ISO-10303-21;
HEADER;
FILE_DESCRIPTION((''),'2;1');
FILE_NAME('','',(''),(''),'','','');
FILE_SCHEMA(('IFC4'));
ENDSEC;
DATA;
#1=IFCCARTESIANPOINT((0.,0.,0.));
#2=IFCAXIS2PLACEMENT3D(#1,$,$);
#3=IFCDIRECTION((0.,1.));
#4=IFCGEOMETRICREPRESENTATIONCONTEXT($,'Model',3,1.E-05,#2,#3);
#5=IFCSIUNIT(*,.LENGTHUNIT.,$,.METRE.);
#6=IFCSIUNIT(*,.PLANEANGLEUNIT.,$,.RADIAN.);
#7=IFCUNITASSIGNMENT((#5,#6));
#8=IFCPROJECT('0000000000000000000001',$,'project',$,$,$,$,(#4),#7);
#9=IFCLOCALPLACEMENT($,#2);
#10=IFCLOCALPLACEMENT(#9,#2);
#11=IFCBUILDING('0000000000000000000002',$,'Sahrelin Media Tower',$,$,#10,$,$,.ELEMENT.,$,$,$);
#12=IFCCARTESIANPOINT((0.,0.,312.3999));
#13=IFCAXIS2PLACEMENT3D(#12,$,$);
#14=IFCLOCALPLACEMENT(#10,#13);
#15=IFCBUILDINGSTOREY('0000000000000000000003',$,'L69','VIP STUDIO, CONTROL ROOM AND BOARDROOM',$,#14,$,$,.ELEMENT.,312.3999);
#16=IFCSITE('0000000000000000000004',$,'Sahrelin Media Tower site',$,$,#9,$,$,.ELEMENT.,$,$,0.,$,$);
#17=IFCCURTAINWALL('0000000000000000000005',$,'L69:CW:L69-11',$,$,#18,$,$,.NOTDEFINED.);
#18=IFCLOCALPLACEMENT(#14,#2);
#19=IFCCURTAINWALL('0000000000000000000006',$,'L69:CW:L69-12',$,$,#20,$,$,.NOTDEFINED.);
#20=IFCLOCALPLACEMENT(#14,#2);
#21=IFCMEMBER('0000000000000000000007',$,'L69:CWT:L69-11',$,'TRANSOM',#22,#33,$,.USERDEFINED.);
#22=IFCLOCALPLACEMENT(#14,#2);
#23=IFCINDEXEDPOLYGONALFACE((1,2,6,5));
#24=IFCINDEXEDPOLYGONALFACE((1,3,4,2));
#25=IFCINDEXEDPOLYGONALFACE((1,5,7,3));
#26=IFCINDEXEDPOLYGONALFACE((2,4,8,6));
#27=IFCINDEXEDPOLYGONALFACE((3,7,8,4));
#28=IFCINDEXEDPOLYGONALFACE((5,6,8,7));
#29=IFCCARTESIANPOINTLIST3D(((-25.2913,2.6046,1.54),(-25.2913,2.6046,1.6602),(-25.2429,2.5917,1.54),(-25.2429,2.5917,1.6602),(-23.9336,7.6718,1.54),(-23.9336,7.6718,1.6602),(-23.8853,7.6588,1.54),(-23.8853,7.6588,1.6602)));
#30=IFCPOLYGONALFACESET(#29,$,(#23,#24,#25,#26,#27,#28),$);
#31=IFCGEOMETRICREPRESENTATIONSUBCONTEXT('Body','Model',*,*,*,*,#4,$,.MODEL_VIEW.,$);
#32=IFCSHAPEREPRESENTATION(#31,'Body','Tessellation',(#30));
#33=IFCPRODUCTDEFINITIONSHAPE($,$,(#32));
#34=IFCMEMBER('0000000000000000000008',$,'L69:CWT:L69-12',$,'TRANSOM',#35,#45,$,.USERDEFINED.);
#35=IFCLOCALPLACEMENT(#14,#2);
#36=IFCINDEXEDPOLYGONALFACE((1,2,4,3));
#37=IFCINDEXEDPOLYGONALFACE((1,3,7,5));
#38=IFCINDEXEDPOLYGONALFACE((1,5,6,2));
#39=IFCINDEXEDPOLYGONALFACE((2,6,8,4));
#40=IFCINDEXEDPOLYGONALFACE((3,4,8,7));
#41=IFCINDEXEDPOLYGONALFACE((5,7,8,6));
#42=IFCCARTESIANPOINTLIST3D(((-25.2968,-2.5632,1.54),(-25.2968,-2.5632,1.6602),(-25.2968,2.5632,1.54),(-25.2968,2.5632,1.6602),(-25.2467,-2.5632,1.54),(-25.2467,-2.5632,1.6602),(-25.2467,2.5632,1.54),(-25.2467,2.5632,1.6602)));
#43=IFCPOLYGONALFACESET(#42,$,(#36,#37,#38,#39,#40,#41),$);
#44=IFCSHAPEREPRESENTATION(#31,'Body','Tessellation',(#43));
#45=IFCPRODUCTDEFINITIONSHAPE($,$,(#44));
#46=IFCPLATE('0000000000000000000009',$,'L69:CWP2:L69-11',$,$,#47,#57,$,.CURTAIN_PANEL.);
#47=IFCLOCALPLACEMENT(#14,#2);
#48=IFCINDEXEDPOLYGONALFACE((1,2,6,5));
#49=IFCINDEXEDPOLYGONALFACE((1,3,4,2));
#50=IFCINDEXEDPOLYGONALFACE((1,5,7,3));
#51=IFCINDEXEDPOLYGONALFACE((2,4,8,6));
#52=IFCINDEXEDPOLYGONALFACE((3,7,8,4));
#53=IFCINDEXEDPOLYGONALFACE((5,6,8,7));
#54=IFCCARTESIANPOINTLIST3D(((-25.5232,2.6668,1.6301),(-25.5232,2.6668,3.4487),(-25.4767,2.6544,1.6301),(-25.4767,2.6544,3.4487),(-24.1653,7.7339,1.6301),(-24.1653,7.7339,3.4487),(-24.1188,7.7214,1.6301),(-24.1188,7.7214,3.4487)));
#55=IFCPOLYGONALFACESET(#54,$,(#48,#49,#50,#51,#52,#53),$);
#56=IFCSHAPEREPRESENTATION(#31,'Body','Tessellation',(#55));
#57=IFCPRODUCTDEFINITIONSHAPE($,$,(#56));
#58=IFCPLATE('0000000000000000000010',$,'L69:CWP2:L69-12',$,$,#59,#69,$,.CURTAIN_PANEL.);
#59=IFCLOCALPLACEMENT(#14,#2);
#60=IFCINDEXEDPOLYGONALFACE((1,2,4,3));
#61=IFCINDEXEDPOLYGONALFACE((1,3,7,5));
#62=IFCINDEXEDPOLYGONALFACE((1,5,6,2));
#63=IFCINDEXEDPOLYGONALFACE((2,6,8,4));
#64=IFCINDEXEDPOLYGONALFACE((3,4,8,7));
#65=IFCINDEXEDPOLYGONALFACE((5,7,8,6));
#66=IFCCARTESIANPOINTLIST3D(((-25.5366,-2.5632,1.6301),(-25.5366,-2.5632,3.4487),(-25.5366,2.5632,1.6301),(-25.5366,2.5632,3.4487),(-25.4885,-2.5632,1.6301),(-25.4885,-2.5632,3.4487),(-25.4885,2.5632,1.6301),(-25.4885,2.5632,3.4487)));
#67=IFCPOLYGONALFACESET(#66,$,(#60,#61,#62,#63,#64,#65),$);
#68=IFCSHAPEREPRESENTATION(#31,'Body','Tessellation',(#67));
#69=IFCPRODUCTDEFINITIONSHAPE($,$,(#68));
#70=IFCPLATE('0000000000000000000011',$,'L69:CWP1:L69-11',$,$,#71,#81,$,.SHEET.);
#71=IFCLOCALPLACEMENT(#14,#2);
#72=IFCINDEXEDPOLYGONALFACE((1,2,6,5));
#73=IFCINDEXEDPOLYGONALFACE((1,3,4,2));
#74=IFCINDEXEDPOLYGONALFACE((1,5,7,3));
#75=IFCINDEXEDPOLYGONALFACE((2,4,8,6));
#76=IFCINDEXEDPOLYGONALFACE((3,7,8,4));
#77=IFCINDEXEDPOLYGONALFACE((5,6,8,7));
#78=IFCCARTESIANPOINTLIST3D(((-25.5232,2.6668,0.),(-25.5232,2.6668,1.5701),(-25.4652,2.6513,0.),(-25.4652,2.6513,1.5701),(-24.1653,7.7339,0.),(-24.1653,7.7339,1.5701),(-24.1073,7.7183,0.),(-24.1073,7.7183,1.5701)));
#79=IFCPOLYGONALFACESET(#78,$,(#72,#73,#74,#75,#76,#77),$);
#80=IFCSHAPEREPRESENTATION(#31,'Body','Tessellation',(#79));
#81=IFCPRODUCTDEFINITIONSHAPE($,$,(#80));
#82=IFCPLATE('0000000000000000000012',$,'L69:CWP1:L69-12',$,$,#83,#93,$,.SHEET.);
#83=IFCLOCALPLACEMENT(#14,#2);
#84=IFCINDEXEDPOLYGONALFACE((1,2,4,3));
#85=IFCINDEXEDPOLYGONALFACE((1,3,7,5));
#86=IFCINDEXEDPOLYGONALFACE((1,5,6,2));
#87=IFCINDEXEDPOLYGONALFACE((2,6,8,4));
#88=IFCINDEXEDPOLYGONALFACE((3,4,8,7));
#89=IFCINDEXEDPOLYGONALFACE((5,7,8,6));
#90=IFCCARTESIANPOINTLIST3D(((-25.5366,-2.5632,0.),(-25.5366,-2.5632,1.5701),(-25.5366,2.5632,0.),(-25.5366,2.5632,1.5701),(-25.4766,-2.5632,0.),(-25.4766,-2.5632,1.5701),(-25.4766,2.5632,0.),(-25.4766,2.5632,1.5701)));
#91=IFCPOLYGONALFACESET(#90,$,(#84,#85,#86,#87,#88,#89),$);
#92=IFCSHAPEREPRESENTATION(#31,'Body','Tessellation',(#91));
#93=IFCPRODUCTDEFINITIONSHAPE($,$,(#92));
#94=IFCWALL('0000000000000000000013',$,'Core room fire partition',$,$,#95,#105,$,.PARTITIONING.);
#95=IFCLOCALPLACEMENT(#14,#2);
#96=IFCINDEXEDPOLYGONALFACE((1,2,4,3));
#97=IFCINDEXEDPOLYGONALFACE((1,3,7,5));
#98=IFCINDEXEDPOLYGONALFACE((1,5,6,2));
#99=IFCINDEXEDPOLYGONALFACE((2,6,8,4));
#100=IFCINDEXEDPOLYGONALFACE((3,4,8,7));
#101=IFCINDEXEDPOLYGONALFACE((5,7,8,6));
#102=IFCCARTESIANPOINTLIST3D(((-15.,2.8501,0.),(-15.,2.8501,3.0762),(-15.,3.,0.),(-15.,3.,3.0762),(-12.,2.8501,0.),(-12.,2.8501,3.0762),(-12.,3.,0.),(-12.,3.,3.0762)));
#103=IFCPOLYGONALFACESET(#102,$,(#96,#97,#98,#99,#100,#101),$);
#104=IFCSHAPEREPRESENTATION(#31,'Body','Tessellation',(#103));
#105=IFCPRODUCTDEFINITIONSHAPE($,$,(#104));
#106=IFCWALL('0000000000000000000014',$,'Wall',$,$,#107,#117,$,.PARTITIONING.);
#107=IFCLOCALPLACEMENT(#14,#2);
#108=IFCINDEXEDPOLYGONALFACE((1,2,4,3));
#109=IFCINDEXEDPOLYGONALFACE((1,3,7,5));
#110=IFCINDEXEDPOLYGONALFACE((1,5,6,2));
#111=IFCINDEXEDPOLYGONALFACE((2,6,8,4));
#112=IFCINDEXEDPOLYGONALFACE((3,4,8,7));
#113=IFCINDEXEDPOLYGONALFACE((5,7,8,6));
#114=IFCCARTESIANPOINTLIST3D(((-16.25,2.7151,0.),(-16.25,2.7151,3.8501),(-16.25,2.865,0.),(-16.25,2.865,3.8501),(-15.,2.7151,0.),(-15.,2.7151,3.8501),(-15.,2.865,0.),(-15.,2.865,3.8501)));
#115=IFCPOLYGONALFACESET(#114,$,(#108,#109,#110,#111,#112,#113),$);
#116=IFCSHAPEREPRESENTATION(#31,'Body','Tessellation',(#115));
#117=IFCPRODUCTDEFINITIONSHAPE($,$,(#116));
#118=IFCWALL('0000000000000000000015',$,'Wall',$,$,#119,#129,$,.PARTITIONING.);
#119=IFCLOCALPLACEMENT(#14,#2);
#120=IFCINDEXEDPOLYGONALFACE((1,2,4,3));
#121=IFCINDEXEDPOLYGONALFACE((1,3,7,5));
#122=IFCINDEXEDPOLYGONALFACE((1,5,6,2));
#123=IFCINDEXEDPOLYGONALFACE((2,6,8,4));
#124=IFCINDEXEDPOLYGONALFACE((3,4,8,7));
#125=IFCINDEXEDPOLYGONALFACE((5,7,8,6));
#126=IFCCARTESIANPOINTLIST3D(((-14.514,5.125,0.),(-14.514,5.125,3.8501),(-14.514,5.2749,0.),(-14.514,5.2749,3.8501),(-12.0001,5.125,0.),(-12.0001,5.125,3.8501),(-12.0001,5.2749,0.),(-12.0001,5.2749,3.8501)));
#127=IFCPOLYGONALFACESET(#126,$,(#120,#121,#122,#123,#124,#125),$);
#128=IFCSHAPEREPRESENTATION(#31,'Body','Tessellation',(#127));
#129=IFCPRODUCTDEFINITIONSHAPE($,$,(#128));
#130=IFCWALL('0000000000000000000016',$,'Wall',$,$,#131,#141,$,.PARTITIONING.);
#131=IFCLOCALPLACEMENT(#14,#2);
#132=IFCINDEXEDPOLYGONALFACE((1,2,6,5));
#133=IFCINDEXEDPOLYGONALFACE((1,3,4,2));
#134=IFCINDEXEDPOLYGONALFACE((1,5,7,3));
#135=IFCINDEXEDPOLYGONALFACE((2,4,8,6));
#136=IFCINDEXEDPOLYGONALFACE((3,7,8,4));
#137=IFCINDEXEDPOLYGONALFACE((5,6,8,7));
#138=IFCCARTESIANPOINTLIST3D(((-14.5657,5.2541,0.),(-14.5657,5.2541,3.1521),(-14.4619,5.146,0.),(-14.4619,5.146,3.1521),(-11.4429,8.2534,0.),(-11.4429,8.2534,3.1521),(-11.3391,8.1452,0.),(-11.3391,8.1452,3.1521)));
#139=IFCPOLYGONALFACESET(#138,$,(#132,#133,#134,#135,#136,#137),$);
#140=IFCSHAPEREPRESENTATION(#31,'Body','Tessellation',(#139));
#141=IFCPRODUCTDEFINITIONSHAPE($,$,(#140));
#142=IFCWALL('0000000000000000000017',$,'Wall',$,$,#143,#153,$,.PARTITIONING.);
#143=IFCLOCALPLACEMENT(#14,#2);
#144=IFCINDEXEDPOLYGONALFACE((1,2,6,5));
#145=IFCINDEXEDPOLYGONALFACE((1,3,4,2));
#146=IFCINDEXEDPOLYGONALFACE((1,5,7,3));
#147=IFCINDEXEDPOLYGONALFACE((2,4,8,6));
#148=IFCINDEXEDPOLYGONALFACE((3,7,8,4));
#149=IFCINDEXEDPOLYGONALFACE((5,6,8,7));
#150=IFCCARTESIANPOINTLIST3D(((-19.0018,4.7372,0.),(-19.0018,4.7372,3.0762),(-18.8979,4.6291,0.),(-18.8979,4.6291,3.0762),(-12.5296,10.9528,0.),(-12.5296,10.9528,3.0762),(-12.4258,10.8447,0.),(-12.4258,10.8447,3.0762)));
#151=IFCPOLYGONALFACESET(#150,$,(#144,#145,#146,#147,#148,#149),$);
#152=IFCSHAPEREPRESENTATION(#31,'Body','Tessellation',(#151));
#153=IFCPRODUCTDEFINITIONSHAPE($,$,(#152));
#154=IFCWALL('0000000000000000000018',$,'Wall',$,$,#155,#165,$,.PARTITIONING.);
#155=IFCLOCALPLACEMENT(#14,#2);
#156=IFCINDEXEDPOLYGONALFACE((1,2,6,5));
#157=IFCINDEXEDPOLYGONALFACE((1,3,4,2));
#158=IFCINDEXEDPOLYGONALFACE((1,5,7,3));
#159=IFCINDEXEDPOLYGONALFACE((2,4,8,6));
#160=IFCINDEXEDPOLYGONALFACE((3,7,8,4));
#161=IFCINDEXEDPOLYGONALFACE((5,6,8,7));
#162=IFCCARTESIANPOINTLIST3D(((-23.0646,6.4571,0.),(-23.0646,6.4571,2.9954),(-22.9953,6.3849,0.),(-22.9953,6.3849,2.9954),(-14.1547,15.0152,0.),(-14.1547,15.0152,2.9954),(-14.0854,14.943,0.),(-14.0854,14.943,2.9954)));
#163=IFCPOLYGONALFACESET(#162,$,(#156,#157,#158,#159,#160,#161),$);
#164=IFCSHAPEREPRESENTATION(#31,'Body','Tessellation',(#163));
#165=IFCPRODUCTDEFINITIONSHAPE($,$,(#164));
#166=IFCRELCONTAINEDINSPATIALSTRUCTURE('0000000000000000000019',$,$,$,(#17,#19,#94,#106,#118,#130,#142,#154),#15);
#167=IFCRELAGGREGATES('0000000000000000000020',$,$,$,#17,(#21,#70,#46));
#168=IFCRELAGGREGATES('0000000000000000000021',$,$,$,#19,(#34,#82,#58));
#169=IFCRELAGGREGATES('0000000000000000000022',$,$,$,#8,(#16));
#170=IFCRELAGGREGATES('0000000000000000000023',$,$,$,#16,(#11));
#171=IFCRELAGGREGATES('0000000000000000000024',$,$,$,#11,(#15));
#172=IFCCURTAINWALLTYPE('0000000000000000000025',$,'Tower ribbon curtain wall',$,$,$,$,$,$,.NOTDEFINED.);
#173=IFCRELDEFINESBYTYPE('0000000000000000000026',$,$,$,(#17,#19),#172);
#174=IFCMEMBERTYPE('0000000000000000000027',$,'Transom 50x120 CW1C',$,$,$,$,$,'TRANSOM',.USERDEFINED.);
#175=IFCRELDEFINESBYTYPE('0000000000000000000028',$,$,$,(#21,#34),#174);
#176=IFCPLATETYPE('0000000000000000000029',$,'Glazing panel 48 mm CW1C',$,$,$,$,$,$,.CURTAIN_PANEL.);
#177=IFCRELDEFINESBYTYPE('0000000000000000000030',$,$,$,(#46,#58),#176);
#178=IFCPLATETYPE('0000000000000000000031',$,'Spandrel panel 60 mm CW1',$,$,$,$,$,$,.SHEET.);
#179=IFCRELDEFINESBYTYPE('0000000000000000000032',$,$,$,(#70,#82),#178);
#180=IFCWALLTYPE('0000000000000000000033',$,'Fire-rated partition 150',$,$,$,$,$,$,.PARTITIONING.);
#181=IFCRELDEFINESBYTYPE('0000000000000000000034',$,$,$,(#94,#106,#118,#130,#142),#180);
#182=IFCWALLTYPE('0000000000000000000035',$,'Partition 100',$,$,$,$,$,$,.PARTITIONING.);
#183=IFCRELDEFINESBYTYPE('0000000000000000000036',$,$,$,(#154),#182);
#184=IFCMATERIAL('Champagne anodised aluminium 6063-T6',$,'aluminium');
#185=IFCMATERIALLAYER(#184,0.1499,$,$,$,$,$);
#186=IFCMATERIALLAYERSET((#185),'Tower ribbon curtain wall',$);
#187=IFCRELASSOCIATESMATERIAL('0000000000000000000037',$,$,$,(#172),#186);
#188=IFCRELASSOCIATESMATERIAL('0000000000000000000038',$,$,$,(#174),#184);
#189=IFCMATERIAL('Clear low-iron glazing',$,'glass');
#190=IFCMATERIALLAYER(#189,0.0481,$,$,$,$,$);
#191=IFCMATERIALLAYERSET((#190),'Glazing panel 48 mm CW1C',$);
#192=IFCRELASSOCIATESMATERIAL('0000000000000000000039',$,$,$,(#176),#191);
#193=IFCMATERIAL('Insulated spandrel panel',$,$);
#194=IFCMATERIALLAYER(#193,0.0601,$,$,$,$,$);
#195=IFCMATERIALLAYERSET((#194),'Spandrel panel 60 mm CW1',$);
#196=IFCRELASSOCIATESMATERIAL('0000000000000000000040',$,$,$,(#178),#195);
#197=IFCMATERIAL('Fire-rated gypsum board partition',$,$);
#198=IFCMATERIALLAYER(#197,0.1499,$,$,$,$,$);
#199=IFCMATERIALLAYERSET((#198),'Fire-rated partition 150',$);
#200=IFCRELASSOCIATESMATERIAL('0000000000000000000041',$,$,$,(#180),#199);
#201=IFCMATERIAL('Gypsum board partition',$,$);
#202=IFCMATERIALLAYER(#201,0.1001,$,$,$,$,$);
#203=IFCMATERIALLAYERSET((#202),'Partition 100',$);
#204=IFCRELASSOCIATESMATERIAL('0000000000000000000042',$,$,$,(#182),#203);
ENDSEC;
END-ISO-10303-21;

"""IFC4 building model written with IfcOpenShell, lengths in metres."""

from ifc_helpers import new_model, si_unit, direction, frame, frame_2d, origin, origin_2d, place, context, subcontext, project, spatial, polyline, rectangle, outline, extrude, material, layer, layer_set, material_profile, profile_set, type_object, element, aggregate, save


model = new_model("IFC4")

# Units and contexts
model_context = context("Model", 3, precision=1e-05, world=origin(), true_north=direction((0.0, 1.0)))
body_context = subcontext(model_context, "Body", "Model", "MODEL_VIEW")
ifc_project = project(units=[si_unit("LENGTHUNIT", "METRE"), si_unit("PLANEANGLEUNIT", "RADIAN")], contexts=[model_context])

# Site, building, storey
site_placement = place(None, origin())
site = spatial("IfcSite", under=ifc_project, at=site_placement, Name="Sahrelin Media Tower site", CompositionType="ELEMENT", RefElevation=0.0)
building_placement = place(site_placement, origin())
building = spatial("IfcBuilding", under=site, at=building_placement, Name="Sahrelin Media Tower", CompositionType="ELEMENT")
storey_placement = place(building_placement, frame((0.0, 0.0, 312.3999)))
storey = spatial("IfcBuildingStorey", under=building, at=storey_placement, Name="L69", Description="VIP STUDIO, CONTROL ROOM AND BOARDROOM", CompositionType="ELEMENT", Elevation=312.3999)

# Curtain walls
ifc_material_1 = material(Name="Champagne anodised aluminium 6063-T6", Category="aluminium")
ifc_layer_1 = layer(ifc_material_1, 0.1499)
ifc_layer_set_1 = layer_set([ifc_layer_1], Name="Tower ribbon curtain wall")
curtain_wall_type = type_object("IfcCurtainWallType", Name="Tower ribbon curtain wall", PredefinedType="NOTDEFINED", material=ifc_layer_set_1)
curtain_wall_1_placement = place(storey_placement, frame((-24.825, 5.1951, 0.0), z_axis=(0.0, 0.0, 1.0), x_axis=(1.0, 0.0, 0.0)))
curtain_wall_1 = element("IfcCurtainWall", 1, at=curtain_wall_1_placement, inside=storey, type_object=curtain_wall_type, Name="L69:CW:L69-11", PredefinedType="NOTDEFINED")
curtain_wall_2_placement = place(storey_placement, frame((-25.5166, 0.0, 0.0), z_axis=(0.0, 0.0, 1.0), x_axis=(1.0, 0.0, 0.0)))
curtain_wall_2 = element("IfcCurtainWall", 2, at=curtain_wall_2_placement, inside=storey, type_object=curtain_wall_type, Name="L69:CW:L69-12", PredefinedType="NOTDEFINED")

# Members
ifc_material_profile_1 = material_profile(ifc_material_1, rectangle(XDim=0.05, YDim=0.1201, at=origin_2d()), Name="Transom 50x120")
ifc_profile_set_1 = profile_set([ifc_material_profile_1], Name="Champagne anodised aluminium 6063-T6")
member_type_1 = type_object("IfcMemberType", Name="Transom 50x120 CW1C", ElementType="TRANSOM", PredefinedType="USERDEFINED", material=ifc_profile_set_1)
member_1_placement = place(storey_placement, frame((-23.9094, 7.6653, 1.6001), z_axis=(-0.258807, -0.965929, 0.0), x_axis=(0.965929, -0.258807, 0.0)))
member_1 = element("IfcMember", 3, at=member_1_placement, type_object=member_type_1, Name="L69:CWT:L69-11", ObjectType="TRANSOM", PredefinedType="USERDEFINED", context=body_context, shape_type="SweptSolid", body=[
    extrude(rectangle(XDim=0.05, YDim=0.1201, at=origin_2d()), origin(), (0.0, 0.0, 1.0), 5.2458),
])
member_2_placement = place(storey_placement, frame((-25.2717, 2.5632, 1.6001), z_axis=(0.0, -1.0, 0.0), x_axis=(1.0, 0.0, 0.0)))
member_2 = element("IfcMember", 4, at=member_2_placement, type_object=member_type_1, Name="L69:CWT:L69-12", ObjectType="TRANSOM", PredefinedType="USERDEFINED", context=body_context, shape_type="SweptSolid", body=[
    extrude(rectangle(XDim=0.05, YDim=0.1201, at=origin_2d()), origin(), (0.0, 0.0, 1.0), 5.1265),
])

# Plates
ifc_material_2 = material(Name="Clear low-iron glazing", Category="glass")
ifc_layer_2 = layer(ifc_material_2, 0.0481)
ifc_layer_set_2 = layer_set([ifc_layer_2], Name="Glazing panel 48 mm CW1C")
plate_type_1 = type_object("IfcPlateType", Name="Glazing panel 48 mm CW1C", PredefinedType="CURTAIN_PANEL", material=ifc_layer_set_2)
plate_1_placement = place(storey_placement, frame((-24.1653, 7.7339, 1.6301), z_axis=(-0.965918, 0.25885, 0.0), x_axis=(-0.25885, -0.965918, 0.0)))
plate_1 = element("IfcPlate", 5, at=plate_1_placement, type_object=plate_type_1, Name="L69:CWP2:L69-11", PredefinedType="CURTAIN_PANEL", context=body_context, shape_type="SweptSolid", body=[
    extrude(outline(polyline([(0.0, 0.0), (5.2458, 0.0), (5.2458, 1.8186), (0.0, 1.8186), (0.0, 0.0)])), origin(), (0.0, 0.0, -1.0), 0.0481),
])
plate_2_placement = place(storey_placement, frame((-25.5366, 2.5632, 1.6301), z_axis=(-1.0, 0.0, 0.0), x_axis=(0.0, -1.0, 0.0)))
plate_2 = element("IfcPlate", 6, at=plate_2_placement, type_object=plate_type_1, Name="L69:CWP2:L69-12", PredefinedType="CURTAIN_PANEL", context=body_context, shape_type="SweptSolid", body=[
    extrude(outline(polyline([(0.0, 0.0), (5.1265, 0.0), (5.1265, 1.8186), (0.0, 1.8186), (0.0, 0.0)])), origin(), (0.0, 0.0, -1.0), 0.0481),
])
ifc_material_3 = material(Name="Insulated spandrel panel")
ifc_layer_3 = layer(ifc_material_3, 0.0601)
ifc_layer_set_3 = layer_set([ifc_layer_3], Name="Spandrel panel 60 mm CW1")
plate_type_2 = type_object("IfcPlateType", Name="Spandrel panel 60 mm CW1", PredefinedType="SHEET", material=ifc_layer_set_3)
plate_3_placement = place(storey_placement, frame((-24.1653, 7.7339, 0.0), z_axis=(-0.965918, 0.25885, 0.0), x_axis=(-0.25885, -0.965918, 0.0)))
plate_3 = element("IfcPlate", 7, at=plate_3_placement, type_object=plate_type_2, Name="L69:CWP1:L69-11", PredefinedType="SHEET", context=body_context, shape_type="SweptSolid", body=[
    extrude(outline(polyline([(0.0, 0.0), (5.2458, 0.0), (5.2458, 1.5701), (0.0, 1.5701), (0.0, 0.0)])), origin(), (0.0, 0.0, -1.0), 0.0601),
])
aggregate(curtain_wall_1, [member_1, plate_3, plate_1])
plate_4_placement = place(storey_placement, frame((-25.5366, 2.5632, 0.0), z_axis=(-1.0, 0.0, 0.0), x_axis=(0.0, -1.0, 0.0)))
plate_4 = element("IfcPlate", 8, at=plate_4_placement, type_object=plate_type_2, Name="L69:CWP1:L69-12", PredefinedType="SHEET", context=body_context, shape_type="SweptSolid", body=[
    extrude(outline(polyline([(0.0, 0.0), (5.1265, 0.0), (5.1265, 1.5701), (0.0, 1.5701), (0.0, 0.0)])), origin(), (0.0, 0.0, -1.0), 0.0601),
])
aggregate(curtain_wall_2, [member_2, plate_4, plate_2])

# Walls
ifc_material_4 = material(Name="Fire-rated gypsum board partition")
ifc_layer_4 = layer(ifc_material_4, 0.1499)
ifc_layer_set_4 = layer_set([ifc_layer_4], Name="Fire-rated partition 150")
wall_type_1 = type_object("IfcWallType", Name="Fire-rated partition 150", PredefinedType="PARTITIONING", material=ifc_layer_set_4)
wall_1_placement = place(storey_placement, frame((-15.0, 2.925, 0.0), z_axis=(0.0, 0.0, 1.0), x_axis=(1.0, 0.0, 0.0)))
element("IfcWall", 9, at=wall_1_placement, inside=storey, type_object=wall_type_1, Name="Core room fire partition", PredefinedType="PARTITIONING", context=body_context, shape_type="SweptSolid", body=[
    extrude(rectangle(XDim=3.0, YDim=0.1499, at=frame_2d((1.5, 0.0))), origin(), (0.0, 0.0, 1.0), 3.0762),
])
wall_2_placement = place(storey_placement, frame((-16.25, 2.79, 0.0), z_axis=(0.0, 0.0, 1.0), x_axis=(1.0, 0.0, 0.0)))
element("IfcWall", 10, at=wall_2_placement, inside=storey, type_object=wall_type_1, Name="Wall", PredefinedType="PARTITIONING", context=body_context, shape_type="SweptSolid", body=[
    extrude(rectangle(XDim=1.25, YDim=0.1499, at=frame_2d((0.625, 0.0))), origin(), (0.0, 0.0, 1.0), 3.8501),
])
wall_3_placement = place(storey_placement, frame((-14.5139, 5.2, 0.0), z_axis=(0.0, 0.0, 1.0), x_axis=(1.0, 0.0, 0.0)))
element("IfcWall", 11, at=wall_3_placement, inside=storey, type_object=wall_type_1, Name="Wall", PredefinedType="PARTITIONING", context=body_context, shape_type="SweptSolid", body=[
    extrude(rectangle(XDim=2.5139, YDim=0.1499, at=frame_2d((1.2568, 0.0))), origin(), (0.0, 0.0, 1.0), 3.8501),
])
wall_4_placement = place(storey_placement, frame((-14.5139, 5.2, 0.0), z_axis=(0.0, 0.0, 1.0), x_axis=(0.721228, 0.692697, 0.0)))
element("IfcWall", 12, at=wall_4_placement, inside=storey, type_object=wall_type_1, Name="Wall", PredefinedType="PARTITIONING", context=body_context, shape_type="SweptSolid", body=[
    extrude(rectangle(XDim=4.3298, YDim=0.1499, at=frame_2d((2.165, 0.0))), origin(), (0.0, 0.0, 1.0), 3.1521),
])
wall_5_placement = place(storey_placement, frame((-18.95, 4.6831, 0.0), z_axis=(0.0, 0.0, 1.0), x_axis=(0.72126, 0.692665, 0.0)))
element("IfcWall", 13, at=wall_5_placement, inside=storey, type_object=wall_type_1, Name="Wall", PredefinedType="PARTITIONING", context=body_context, shape_type="SweptSolid", body=[
    extrude(rectangle(XDim=8.9734, YDim=0.1499, at=frame_2d((4.4868, 0.0))), origin(), (0.0, 0.0, 1.0), 3.0762),
])
ifc_material_5 = material(Name="Gypsum board partition")
ifc_layer_5 = layer(ifc_material_5, 0.1001)
ifc_layer_set_5 = layer_set([ifc_layer_5], Name="Partition 100")
wall_type_2 = type_object("IfcWallType", Name="Partition 100", PredefinedType="PARTITIONING", material=ifc_layer_set_5)
wall_6_placement = place(storey_placement, frame((-23.03, 6.4209, 0.0), z_axis=(0.0, 0.0, 1.0), x_axis=(0.721202, 0.692725, 0.0)))
element("IfcWall", 14, at=wall_6_placement, inside=storey, type_object=wall_type_2, Name="Wall", PredefinedType="PARTITIONING", context=body_context, shape_type="SweptSolid", body=[
    extrude(rectangle(XDim=12.3542, YDim=0.1001, at=frame_2d((6.1772, 0.0))), origin(), (0.0, 0.0, 1.0), 2.9954),
])

save(model, "model.ifc")
